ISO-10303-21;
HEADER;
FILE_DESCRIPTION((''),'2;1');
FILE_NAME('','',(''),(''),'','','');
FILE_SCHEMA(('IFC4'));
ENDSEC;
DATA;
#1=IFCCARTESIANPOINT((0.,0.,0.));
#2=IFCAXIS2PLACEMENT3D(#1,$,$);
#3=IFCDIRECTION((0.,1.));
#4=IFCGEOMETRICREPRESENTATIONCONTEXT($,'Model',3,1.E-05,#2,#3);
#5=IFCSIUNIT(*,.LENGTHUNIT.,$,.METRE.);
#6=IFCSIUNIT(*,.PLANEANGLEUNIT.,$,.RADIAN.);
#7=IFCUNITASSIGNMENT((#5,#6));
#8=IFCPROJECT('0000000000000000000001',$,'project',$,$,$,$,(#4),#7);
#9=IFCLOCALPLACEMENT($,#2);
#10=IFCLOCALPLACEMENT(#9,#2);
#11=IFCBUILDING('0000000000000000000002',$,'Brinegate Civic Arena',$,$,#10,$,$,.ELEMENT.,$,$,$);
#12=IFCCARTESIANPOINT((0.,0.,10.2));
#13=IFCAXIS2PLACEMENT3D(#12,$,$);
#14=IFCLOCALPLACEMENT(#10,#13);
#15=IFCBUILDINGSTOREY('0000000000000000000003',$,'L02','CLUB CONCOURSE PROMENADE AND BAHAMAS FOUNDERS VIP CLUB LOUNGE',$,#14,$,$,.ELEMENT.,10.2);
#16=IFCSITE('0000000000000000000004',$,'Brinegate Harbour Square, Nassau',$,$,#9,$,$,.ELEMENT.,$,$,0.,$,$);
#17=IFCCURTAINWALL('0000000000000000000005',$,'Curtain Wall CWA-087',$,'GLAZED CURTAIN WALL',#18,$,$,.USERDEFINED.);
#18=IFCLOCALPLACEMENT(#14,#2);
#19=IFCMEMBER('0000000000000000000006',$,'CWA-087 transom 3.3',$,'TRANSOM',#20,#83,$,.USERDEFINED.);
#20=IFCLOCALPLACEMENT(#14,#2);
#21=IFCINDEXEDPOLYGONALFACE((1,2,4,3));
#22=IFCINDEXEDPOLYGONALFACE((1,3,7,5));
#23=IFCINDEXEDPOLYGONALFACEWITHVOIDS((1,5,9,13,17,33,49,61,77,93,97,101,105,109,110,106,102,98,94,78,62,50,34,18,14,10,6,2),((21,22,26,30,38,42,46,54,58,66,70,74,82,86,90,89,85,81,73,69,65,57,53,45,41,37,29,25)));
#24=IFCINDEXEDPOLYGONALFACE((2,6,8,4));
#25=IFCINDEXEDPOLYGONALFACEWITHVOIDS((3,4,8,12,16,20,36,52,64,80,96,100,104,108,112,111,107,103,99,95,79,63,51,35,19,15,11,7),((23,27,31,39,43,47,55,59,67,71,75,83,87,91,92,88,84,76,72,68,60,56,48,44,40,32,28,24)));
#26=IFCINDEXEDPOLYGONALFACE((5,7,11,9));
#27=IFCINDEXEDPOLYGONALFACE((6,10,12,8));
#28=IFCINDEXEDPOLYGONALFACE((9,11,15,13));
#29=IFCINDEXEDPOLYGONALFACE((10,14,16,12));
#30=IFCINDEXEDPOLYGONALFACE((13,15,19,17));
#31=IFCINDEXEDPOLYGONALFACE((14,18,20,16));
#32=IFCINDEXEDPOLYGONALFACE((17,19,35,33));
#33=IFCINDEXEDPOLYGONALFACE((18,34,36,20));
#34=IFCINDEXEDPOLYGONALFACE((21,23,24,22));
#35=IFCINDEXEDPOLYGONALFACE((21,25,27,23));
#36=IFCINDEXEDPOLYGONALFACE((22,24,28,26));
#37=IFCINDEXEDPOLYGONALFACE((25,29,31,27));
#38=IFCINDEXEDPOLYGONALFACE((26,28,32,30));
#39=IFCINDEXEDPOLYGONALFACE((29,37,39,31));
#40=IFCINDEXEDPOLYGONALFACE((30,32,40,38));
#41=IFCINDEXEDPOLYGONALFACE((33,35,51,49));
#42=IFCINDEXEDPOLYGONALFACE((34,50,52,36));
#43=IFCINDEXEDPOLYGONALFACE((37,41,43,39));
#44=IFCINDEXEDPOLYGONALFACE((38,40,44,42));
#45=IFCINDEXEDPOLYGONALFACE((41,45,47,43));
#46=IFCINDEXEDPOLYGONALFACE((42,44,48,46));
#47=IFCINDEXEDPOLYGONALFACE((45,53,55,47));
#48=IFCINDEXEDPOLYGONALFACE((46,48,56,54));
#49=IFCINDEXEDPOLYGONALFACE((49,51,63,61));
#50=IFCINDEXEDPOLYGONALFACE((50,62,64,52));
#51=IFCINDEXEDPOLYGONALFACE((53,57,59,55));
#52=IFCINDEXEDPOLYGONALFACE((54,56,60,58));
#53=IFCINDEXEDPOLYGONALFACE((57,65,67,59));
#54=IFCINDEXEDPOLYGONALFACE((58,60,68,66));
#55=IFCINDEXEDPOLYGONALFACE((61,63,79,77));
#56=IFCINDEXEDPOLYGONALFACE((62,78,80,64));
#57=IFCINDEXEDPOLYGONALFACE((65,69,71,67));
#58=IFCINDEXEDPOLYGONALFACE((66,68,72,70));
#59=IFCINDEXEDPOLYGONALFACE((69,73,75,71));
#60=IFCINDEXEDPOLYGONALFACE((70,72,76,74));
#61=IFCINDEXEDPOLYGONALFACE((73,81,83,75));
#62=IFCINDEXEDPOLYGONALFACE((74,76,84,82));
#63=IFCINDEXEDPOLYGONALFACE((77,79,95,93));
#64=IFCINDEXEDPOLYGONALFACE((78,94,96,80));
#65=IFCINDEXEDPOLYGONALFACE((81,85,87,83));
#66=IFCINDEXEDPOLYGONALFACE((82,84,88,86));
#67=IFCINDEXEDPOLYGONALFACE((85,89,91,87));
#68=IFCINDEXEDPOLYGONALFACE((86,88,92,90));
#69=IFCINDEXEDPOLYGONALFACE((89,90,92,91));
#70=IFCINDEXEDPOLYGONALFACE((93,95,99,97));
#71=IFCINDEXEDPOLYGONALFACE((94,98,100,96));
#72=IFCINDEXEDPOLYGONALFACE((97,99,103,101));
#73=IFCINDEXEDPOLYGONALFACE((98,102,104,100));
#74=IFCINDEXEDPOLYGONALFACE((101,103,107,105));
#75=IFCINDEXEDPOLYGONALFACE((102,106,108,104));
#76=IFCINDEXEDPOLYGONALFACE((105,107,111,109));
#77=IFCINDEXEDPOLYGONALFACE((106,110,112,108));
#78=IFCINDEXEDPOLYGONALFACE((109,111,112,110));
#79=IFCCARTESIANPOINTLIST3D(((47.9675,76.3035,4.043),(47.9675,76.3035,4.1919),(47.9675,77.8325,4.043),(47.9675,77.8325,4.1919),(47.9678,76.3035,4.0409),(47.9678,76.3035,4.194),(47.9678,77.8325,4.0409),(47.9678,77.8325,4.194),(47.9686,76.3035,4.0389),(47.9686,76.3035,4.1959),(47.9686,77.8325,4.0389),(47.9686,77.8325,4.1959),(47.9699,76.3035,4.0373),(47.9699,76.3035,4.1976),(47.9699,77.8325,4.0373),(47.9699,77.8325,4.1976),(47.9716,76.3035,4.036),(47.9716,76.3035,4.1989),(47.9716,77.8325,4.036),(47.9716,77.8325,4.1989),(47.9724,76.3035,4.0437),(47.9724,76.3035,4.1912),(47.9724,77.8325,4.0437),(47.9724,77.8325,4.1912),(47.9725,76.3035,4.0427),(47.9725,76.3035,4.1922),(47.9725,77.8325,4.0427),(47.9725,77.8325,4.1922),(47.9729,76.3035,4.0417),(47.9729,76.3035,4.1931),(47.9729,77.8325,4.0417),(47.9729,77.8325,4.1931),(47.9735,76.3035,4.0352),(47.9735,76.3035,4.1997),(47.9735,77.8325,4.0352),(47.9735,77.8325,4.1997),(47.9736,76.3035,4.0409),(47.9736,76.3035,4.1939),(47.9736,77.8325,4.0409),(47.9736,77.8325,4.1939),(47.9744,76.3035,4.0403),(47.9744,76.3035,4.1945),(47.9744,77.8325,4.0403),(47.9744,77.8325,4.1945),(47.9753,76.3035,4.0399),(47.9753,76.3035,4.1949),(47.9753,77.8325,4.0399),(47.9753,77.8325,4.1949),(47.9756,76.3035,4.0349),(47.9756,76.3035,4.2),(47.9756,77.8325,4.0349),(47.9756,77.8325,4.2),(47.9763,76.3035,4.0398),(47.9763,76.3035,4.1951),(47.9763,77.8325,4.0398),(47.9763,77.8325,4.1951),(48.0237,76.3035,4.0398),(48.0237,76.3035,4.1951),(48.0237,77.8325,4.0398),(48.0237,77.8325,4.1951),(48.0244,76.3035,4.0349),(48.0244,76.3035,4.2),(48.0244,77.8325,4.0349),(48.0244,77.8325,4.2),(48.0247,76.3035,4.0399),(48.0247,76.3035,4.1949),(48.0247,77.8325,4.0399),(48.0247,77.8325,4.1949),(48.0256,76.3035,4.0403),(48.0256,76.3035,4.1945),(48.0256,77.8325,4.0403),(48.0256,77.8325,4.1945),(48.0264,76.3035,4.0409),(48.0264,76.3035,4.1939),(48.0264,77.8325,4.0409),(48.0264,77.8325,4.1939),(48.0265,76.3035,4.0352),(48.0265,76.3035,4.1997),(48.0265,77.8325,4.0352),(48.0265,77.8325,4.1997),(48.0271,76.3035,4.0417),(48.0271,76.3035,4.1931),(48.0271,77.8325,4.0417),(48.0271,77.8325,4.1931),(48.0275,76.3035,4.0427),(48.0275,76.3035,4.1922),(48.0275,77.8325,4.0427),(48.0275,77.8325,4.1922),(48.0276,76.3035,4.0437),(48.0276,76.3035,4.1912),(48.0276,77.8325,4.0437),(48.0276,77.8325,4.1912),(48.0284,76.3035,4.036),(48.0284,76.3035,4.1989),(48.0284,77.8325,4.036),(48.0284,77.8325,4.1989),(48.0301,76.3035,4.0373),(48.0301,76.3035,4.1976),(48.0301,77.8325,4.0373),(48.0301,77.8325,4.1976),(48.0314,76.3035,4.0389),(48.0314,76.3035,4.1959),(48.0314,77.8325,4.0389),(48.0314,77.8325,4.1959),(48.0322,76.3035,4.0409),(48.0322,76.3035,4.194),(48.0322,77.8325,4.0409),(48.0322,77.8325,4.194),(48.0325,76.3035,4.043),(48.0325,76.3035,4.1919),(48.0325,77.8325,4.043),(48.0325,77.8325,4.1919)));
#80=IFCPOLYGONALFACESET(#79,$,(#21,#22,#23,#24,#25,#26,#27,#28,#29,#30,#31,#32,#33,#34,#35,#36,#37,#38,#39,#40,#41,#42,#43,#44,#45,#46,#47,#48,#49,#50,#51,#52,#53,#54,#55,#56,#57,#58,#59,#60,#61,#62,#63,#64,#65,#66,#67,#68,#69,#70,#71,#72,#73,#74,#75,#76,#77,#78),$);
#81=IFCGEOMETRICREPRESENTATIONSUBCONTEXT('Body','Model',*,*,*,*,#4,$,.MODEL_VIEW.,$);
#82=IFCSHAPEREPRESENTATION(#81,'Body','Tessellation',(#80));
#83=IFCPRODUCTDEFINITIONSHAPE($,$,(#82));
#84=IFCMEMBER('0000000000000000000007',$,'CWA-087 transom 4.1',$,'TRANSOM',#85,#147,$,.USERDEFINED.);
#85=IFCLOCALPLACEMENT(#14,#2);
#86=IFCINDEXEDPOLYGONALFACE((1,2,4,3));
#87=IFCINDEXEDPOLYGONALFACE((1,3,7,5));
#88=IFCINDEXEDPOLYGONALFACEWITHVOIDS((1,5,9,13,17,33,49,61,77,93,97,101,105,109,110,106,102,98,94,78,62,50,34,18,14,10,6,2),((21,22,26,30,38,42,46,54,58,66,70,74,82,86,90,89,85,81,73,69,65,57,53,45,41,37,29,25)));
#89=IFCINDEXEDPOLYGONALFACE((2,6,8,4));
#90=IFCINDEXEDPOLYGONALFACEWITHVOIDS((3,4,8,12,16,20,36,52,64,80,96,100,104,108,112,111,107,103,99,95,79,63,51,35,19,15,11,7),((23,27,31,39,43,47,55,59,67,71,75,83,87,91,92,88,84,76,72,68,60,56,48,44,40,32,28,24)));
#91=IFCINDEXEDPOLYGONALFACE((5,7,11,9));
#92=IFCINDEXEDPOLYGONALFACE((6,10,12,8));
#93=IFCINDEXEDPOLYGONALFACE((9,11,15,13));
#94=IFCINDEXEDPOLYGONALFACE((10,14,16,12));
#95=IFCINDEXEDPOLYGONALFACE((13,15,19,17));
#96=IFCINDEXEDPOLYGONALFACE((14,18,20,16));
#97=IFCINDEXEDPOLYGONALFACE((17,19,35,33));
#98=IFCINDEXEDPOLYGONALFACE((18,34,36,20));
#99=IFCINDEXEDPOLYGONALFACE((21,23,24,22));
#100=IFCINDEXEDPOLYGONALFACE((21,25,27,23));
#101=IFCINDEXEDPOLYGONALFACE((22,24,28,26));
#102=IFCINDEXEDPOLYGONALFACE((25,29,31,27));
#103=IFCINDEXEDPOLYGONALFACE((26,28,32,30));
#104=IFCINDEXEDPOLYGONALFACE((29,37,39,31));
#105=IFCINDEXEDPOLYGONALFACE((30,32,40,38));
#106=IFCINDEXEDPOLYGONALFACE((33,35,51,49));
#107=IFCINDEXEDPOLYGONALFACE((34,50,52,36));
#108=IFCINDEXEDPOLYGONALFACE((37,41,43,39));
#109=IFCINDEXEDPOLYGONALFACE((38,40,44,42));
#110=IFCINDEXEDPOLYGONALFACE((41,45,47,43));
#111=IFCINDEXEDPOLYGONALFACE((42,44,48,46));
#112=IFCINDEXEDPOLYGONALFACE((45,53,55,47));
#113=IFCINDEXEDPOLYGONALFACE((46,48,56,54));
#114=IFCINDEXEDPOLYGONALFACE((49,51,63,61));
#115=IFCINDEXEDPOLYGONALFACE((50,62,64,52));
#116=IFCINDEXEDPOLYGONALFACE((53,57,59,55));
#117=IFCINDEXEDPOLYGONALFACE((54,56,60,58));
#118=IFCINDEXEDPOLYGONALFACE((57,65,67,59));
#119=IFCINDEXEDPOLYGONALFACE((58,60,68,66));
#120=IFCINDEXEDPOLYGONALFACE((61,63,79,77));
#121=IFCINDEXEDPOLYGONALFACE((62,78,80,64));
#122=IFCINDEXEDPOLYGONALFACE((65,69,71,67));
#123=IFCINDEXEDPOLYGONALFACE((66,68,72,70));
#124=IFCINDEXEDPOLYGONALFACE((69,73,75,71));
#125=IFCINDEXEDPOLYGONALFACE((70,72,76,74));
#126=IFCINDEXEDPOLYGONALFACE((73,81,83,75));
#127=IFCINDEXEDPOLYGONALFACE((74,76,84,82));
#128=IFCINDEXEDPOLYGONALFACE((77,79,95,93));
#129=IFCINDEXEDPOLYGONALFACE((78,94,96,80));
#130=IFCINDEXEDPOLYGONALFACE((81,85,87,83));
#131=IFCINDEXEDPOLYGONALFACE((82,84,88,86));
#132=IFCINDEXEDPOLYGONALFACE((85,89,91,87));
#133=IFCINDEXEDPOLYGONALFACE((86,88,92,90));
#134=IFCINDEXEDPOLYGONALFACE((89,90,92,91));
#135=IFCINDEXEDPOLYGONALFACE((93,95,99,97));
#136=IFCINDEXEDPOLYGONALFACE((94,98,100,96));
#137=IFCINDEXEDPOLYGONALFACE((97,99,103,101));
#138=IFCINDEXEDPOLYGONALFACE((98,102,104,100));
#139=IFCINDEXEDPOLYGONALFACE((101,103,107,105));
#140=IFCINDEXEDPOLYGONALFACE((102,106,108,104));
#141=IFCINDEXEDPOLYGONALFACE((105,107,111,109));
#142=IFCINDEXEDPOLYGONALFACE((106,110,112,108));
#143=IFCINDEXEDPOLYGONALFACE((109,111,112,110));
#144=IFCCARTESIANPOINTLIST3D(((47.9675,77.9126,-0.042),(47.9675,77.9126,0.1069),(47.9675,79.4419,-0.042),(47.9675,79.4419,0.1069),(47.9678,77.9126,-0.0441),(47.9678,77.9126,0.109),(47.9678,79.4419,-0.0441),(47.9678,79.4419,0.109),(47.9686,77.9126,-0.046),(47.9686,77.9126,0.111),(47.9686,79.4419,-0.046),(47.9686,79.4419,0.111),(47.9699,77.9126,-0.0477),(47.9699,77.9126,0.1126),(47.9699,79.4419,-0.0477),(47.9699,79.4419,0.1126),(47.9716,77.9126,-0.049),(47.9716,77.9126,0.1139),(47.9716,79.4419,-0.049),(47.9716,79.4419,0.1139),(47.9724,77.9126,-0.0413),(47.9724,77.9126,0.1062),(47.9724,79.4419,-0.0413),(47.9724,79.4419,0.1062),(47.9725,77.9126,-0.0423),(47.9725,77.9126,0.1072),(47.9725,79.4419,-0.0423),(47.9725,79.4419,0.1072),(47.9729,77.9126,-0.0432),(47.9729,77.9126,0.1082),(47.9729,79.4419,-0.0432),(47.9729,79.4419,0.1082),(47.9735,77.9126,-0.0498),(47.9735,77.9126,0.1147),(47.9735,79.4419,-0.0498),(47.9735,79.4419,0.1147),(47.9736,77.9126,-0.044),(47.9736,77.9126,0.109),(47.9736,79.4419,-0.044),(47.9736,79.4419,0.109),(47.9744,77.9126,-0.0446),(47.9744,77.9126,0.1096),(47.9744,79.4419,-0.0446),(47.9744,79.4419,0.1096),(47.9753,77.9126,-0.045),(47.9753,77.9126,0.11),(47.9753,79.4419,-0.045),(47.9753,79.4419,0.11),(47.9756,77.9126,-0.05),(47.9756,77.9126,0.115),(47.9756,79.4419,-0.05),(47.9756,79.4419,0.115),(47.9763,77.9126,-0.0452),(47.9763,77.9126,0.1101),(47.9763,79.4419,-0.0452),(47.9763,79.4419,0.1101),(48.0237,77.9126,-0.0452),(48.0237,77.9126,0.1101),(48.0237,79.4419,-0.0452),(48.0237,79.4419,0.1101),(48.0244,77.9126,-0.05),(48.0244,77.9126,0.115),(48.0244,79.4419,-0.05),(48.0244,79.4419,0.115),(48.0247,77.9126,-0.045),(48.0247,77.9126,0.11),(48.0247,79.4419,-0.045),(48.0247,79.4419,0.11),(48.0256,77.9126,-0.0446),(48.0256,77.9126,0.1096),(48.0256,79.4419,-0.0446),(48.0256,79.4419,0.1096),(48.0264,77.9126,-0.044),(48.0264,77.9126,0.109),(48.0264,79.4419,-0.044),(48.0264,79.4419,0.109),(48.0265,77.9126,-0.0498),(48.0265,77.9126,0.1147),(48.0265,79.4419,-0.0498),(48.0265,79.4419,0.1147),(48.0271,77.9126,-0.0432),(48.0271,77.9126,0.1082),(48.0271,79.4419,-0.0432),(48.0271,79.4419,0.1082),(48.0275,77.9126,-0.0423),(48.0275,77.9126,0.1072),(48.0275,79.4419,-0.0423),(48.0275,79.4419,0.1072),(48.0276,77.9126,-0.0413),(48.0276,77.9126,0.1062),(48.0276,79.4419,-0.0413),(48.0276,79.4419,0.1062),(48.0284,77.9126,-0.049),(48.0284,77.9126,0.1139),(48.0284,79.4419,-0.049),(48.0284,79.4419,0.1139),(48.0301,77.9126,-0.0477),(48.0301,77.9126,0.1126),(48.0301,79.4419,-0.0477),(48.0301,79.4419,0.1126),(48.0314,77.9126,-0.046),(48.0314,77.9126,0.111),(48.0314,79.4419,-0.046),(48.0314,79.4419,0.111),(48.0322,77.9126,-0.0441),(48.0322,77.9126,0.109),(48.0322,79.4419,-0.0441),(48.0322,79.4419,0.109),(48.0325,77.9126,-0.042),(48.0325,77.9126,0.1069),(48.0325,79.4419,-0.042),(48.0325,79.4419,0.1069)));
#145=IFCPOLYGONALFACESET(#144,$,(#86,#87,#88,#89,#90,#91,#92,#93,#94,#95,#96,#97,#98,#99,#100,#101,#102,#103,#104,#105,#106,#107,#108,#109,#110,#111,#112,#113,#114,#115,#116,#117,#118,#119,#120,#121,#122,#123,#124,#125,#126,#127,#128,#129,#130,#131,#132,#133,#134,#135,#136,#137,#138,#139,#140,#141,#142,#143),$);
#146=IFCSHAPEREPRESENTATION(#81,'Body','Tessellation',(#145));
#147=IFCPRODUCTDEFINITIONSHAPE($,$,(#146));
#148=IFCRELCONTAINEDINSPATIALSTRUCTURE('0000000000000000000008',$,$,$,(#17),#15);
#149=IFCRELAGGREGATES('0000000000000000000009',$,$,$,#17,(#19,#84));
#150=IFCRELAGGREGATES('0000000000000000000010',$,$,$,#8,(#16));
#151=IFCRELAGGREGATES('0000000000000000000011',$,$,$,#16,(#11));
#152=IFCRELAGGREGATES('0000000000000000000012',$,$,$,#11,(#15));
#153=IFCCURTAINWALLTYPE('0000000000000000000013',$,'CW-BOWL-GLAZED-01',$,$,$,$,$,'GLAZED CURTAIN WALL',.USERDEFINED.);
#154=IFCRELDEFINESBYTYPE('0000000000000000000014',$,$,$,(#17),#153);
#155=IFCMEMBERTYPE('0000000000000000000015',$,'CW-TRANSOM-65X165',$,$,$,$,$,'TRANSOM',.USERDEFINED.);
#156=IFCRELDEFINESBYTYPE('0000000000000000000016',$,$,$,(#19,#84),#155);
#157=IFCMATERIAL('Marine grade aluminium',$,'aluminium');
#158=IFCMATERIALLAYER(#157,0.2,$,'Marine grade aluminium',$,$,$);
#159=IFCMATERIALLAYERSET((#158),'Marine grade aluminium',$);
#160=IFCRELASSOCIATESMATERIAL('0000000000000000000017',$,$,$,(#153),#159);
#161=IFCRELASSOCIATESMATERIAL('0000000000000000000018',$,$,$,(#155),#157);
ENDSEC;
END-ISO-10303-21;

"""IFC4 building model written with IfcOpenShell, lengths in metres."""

from ifc_helpers import new_model, si_unit, direction, frame, origin, origin_2d, place, context, subcontext, project, spatial, hollow_rectangle, extrude, material, layer, layer_set, material_profile, profile_set, type_object, element, aggregate, save


model = new_model("IFC4")

# Units and contexts
model_context = context("Model", 3, precision=1e-05, world=origin(), true_north=direction((0.0, 1.0)))
body_context = subcontext(model_context, "Body", "Model", "MODEL_VIEW")
ifc_project = project(units=[si_unit("LENGTHUNIT", "METRE"), si_unit("PLANEANGLEUNIT", "RADIAN")], contexts=[model_context])

# Site, building, storey
site_placement = place(None, origin())
site = spatial("IfcSite", under=ifc_project, at=site_placement, Name="Brinegate Harbour Square, Nassau", CompositionType="ELEMENT", RefElevation=0.0)
building_placement = place(site_placement, origin())
building = spatial("IfcBuilding", under=site, at=building_placement, Name="Brinegate Civic Arena", CompositionType="ELEMENT")
storey_placement = place(building_placement, frame((0.0, 0.0, 10.2)))
storey = spatial("IfcBuildingStorey", under=building, at=storey_placement, Name="L02", Description="CLUB CONCOURSE PROMENADE AND BAHAMAS FOUNDERS VIP CLUB LOUNGE", CompositionType="ELEMENT", Elevation=10.2)

# Shared definitions
ifc_material_1 = material(Name="Marine grade aluminium", Category="aluminium")
ifc_layer_1 = layer(ifc_material_1, 0.2, Name="Marine grade aluminium")
ifc_layer_set_1 = layer_set([ifc_layer_1], Name="Marine grade aluminium")
curtain_wall_type = type_object("IfcCurtainWallType", Name="CW-BOWL-GLAZED-01", ElementType="GLAZED CURTAIN WALL", PredefinedType="USERDEFINED", material=ifc_layer_set_1)

# Curtain wall
curtain_wall_1_placement = place(storey_placement, origin())
curtain_wall_1 = element("IfcCurtainWall", 1, at=curtain_wall_1_placement, inside=storey, type_object=curtain_wall_type, Name="Curtain Wall CWA-087", ObjectType="GLAZED CURTAIN WALL", PredefinedType="USERDEFINED")

# Members
ifc_material_profile_1 = material_profile(ifc_material_1, hollow_rectangle(XDim=0.0649, YDim=0.165, WallThickness=0.0049, InnerFilletRadius=0.0039, OuterFilletRadius=0.0081, at=origin_2d()), Name="TRN65X165")
ifc_profile_set_1 = profile_set([ifc_material_profile_1], Name="Marine grade aluminium")
member_type_1 = type_object("IfcMemberType", Name="CW-TRANSOM-65X165", ElementType="TRANSOM", PredefinedType="USERDEFINED", material=ifc_profile_set_1)
member_1_placement = place(storey_placement, frame((48.0, 76.3035, 4.1174), z_axis=(0.0, 1.0, 0.0), x_axis=(-1.0, 0.0, 0.0)))
member_1 = element("IfcMember", 2, at=member_1_placement, type_object=member_type_1, Name="CWA-087 transom 3.3", ObjectType="TRANSOM", PredefinedType="USERDEFINED", context=body_context, shape_type="SweptSolid", body=[
    extrude(hollow_rectangle(XDim=0.0649, YDim=0.165, WallThickness=0.0049, InnerFilletRadius=0.0039, OuterFilletRadius=0.0081, at=origin_2d()), origin(), (0.0, 0.0, 1.0), 1.5291),
])
member_2_placement = place(storey_placement, frame((48.0, 77.9126, 0.0325), z_axis=(0.0, 1.0, 0.0), x_axis=(-1.0, 0.0, 0.0)))
member_2 = element("IfcMember", 3, at=member_2_placement, type_object=member_type_1, Name="CWA-087 transom 4.1", ObjectType="TRANSOM", PredefinedType="USERDEFINED", context=body_context, shape_type="SweptSolid", body=[
    extrude(hollow_rectangle(XDim=0.0649, YDim=0.165, WallThickness=0.0049, InnerFilletRadius=0.0039, OuterFilletRadius=0.0081, at=origin_2d()), origin(), (0.0, 0.0, 1.0), 1.5293),
])

aggregate(curtain_wall_1, [member_1, member_2])

save(model, "model.ifc")
